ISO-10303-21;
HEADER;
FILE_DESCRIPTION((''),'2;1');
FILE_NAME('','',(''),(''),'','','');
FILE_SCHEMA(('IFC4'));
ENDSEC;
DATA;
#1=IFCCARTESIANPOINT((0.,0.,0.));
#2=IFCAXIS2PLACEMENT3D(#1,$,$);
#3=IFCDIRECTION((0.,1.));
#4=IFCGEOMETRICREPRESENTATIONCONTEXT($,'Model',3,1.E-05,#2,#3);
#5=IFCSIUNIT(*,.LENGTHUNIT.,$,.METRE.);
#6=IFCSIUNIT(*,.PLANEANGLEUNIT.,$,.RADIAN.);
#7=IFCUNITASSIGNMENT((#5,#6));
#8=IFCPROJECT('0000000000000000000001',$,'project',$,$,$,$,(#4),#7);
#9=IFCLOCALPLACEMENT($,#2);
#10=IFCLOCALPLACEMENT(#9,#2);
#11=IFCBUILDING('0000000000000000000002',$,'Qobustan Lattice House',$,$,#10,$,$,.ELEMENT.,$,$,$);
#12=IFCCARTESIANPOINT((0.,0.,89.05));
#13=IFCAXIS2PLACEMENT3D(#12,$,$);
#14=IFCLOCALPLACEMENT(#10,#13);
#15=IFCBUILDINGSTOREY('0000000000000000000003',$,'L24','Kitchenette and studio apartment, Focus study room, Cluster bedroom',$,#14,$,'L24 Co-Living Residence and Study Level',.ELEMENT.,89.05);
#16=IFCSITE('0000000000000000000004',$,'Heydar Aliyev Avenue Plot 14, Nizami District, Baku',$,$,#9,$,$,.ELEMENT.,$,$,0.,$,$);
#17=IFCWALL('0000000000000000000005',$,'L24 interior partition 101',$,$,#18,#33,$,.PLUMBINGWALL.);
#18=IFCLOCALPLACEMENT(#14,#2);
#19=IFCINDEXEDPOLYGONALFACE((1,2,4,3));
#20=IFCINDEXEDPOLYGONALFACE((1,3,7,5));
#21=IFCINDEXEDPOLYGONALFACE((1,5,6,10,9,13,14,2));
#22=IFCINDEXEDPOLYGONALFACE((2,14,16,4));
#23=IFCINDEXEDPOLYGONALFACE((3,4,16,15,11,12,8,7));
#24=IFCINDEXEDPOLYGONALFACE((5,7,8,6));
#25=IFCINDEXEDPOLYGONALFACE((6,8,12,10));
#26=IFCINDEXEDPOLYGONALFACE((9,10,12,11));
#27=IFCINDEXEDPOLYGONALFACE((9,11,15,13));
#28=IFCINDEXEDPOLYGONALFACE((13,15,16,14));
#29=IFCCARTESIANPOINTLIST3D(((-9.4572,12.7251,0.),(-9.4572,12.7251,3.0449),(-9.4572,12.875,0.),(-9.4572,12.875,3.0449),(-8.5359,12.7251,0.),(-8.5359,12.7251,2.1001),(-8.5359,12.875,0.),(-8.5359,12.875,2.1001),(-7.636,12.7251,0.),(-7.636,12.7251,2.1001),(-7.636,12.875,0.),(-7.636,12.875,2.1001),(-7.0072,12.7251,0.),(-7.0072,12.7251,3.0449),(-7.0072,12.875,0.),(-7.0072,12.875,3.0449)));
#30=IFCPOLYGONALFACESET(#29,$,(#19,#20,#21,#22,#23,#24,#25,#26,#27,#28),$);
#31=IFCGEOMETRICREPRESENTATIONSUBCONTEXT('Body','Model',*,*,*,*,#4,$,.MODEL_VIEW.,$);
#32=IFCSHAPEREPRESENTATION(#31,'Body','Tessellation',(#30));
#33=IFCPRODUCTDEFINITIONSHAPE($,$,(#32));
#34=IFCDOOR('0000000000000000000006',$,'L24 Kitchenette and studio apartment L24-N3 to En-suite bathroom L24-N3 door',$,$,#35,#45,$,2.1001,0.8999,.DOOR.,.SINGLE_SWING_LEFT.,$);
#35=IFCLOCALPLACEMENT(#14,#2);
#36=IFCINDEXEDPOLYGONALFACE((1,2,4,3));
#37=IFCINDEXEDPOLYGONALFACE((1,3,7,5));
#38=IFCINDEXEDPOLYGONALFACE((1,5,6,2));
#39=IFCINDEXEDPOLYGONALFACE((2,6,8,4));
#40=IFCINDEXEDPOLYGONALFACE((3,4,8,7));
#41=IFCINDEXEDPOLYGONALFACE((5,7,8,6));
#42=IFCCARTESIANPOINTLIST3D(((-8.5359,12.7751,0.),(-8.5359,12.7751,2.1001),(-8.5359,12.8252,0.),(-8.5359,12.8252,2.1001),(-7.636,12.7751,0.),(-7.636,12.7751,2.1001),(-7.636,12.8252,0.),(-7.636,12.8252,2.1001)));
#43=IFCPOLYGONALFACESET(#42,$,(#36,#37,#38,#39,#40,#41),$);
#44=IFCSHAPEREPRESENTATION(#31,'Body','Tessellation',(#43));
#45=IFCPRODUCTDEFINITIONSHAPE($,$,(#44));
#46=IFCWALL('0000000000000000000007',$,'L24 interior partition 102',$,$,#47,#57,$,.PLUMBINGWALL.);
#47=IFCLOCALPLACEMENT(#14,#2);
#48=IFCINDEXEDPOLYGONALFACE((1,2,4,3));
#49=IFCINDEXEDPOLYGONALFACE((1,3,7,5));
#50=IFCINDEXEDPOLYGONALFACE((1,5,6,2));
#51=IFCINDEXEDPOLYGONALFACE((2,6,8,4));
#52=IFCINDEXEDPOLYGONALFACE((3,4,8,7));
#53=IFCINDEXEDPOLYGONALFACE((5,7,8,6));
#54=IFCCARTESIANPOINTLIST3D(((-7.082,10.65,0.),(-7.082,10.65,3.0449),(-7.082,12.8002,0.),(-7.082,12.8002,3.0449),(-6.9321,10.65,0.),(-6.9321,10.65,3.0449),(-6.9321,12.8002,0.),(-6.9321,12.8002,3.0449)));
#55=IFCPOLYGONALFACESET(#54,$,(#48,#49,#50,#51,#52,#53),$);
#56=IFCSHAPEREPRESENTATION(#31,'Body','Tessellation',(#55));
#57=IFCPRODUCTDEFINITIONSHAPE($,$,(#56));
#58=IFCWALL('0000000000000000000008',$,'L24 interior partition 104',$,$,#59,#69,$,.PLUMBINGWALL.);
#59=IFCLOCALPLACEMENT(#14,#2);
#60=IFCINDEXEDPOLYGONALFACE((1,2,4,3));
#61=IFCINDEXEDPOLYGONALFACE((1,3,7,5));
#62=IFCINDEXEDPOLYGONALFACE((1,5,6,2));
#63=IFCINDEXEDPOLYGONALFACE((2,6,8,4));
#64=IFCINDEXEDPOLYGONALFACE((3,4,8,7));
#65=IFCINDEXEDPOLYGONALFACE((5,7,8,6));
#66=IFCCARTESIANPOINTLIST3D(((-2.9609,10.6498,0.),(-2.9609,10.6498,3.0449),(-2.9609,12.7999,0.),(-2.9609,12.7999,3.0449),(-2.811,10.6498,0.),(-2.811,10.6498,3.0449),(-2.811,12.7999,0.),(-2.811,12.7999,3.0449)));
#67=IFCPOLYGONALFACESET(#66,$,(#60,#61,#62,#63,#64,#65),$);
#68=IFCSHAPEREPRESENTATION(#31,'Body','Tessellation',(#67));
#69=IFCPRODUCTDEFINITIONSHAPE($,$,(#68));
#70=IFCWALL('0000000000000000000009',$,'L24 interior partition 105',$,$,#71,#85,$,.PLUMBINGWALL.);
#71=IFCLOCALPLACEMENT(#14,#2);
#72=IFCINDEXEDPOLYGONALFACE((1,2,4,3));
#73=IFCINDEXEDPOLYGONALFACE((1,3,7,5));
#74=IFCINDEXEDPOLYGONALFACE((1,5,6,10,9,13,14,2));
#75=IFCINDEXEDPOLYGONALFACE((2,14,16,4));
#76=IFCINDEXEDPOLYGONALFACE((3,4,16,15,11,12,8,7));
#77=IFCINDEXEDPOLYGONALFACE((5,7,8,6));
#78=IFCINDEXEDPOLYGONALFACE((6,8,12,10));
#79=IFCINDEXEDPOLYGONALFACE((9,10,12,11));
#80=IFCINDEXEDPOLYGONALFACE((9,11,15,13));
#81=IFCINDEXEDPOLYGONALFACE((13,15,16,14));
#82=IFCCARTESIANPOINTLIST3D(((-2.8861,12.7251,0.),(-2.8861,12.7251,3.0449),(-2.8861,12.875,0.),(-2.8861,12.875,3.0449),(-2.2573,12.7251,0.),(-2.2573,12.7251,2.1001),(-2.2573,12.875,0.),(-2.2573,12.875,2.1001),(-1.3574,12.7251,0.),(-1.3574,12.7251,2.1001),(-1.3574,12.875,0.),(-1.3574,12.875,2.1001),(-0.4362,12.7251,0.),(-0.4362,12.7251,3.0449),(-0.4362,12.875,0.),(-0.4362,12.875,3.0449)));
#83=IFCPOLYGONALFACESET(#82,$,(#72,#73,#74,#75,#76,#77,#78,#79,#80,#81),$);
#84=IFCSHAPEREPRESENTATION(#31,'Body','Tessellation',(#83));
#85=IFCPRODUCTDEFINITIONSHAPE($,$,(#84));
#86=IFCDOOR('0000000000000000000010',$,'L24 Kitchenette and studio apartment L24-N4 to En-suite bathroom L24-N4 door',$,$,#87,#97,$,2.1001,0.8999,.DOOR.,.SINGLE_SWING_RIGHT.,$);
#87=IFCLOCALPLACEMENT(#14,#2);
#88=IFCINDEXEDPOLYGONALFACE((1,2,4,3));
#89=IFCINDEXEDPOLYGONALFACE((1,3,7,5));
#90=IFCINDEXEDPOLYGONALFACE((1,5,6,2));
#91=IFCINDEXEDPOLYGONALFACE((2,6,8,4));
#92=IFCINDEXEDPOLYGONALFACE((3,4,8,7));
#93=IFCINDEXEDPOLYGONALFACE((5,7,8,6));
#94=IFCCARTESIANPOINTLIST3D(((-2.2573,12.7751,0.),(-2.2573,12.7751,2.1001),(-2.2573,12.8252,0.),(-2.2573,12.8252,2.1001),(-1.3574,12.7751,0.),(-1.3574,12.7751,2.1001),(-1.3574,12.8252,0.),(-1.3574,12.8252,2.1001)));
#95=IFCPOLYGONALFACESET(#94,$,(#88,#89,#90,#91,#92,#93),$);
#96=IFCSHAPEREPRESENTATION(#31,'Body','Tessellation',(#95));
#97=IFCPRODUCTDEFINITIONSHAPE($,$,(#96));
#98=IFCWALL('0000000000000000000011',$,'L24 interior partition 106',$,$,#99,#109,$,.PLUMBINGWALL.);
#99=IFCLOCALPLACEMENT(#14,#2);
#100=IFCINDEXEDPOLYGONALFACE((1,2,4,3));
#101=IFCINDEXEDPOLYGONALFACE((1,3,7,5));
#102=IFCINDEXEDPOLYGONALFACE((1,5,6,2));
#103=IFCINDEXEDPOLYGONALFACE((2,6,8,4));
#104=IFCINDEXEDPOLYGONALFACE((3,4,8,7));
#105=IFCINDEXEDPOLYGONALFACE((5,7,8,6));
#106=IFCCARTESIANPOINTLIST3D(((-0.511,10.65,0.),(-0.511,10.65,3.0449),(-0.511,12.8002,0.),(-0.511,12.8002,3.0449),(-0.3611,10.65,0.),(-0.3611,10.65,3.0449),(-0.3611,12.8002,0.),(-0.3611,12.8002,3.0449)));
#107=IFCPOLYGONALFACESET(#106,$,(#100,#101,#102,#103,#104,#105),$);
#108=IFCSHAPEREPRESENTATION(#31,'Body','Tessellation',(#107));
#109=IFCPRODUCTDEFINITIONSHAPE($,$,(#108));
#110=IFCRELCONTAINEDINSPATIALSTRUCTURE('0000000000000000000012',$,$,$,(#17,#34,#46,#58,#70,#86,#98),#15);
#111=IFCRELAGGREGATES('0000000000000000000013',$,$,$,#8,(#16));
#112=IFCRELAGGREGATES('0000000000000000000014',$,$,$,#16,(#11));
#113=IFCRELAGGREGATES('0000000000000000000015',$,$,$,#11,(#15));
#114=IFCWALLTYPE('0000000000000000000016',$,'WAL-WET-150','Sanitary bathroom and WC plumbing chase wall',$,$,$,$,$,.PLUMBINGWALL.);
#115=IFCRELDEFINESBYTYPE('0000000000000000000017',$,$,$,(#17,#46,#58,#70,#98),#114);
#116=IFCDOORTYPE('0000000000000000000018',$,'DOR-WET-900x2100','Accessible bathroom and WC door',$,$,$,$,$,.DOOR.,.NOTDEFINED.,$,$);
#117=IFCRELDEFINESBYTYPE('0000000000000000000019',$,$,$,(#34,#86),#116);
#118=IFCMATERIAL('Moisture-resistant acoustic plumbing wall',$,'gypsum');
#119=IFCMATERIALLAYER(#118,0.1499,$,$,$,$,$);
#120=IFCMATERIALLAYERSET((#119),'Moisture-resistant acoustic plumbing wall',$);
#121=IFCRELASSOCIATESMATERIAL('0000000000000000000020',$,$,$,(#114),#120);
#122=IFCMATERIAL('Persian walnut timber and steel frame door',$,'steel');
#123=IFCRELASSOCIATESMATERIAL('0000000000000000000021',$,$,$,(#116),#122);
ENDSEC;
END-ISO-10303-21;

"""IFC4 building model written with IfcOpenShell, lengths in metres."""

from ifc_helpers import new_model, si_unit, direction, frame, frame_2d, origin, place, context, subcontext, project, spatial, rectangle, extrude, material, layer, layer_set, type_object, element, fill, save


model = new_model("IFC4")

# Units and contexts
model_context = context("Model", 3, precision=1e-05, world=origin(), true_north=direction((0.0, 1.0)))
body_context = subcontext(model_context, "Body", "Model", "MODEL_VIEW")
ifc_project = project(units=[si_unit("LENGTHUNIT", "METRE"), si_unit("PLANEANGLEUNIT", "RADIAN")], contexts=[model_context])

# Site, building, storey
site_placement = place(None, origin())
site = spatial("IfcSite", under=ifc_project, at=site_placement, Name="Heydar Aliyev Avenue Plot 14, Nizami District, Baku", CompositionType="ELEMENT", RefElevation=0.0)
building_placement = place(site_placement, origin())
building = spatial("IfcBuilding", under=site, at=building_placement, Name="Qobustan Lattice House", CompositionType="ELEMENT")
storey_placement = place(building_placement, frame((0.0, 0.0, 89.05)))
storey = spatial("IfcBuildingStorey", under=building, at=storey_placement, Name="L24", Description="Kitchenette and studio apartment, Focus study room, Cluster bedroom", LongName="L24 Co-Living Residence and Study Level", CompositionType="ELEMENT", Elevation=89.05)

# Shared definitions
ifc_material_1 = material(Name="Moisture-resistant acoustic plumbing wall", Category="gypsum")
ifc_layer_1 = layer(ifc_material_1, 0.1499)
ifc_layer_set_1 = layer_set([ifc_layer_1], Name="Moisture-resistant acoustic plumbing wall")
wall_type_1 = type_object("IfcWallType", Name="WAL-WET-150", Description="Sanitary bathroom and WC plumbing chase wall", PredefinedType="PLUMBINGWALL", material=ifc_layer_set_1)

# Wall, opening, door
wall_1_placement = place(storey_placement, frame((-7.0071, 12.8, 0.0), z_axis=(0.0, 0.0, 1.0), x_axis=(-1.0, 0.0, 0.0)))
wall_1 = element("IfcWall", 1, at=wall_1_placement, inside=storey, type_object=wall_type_1, Name="L24 interior partition 101", PredefinedType="PLUMBINGWALL", context=body_context, shape_type="SweptSolid", body=[
    extrude(rectangle(XDim=2.45, YDim=0.1499, at=frame_2d((1.2251, 0.0))), origin(), (0.0, 0.0, 1.0), 3.0449),
])
opening_1_placement = place(wall_1_placement, frame((0.6289, 0.0, 0.0)))
opening_1 = element("IfcOpeningElement", 2, at=opening_1_placement, cuts=wall_1, PredefinedType="OPENING", context=body_context, shape_type="SweptSolid", body=[
    extrude(rectangle(XDim=0.8999, YDim=2.1001, at=frame_2d((0.45, 1.05))), frame((0.0, 0.085, 0.0), z_axis=(0.0, -1.0, 0.0), x_axis=(1.0, 0.0, 0.0)), (0.0, 0.0, 1.0), 0.1699),
])
ifc_material_2 = material(Name="Persian walnut timber and steel frame door", Category="steel")
door_type_1 = type_object("IfcDoorType", Name="DOR-WET-900x2100", Description="Accessible bathroom and WC door", OperationType="NOTDEFINED", PredefinedType="DOOR", material=ifc_material_2)
door_1_placement = place(opening_1_placement, origin())
door_1 = element("IfcDoor", 3, at=door_1_placement, inside=storey, type_object=door_type_1, Name="L24 Kitchenette and studio apartment L24-N3 to En-suite bathroom L24-N3 door", OperationType="SINGLE_SWING_LEFT", OverallHeight=2.1001, OverallWidth=0.8999, PredefinedType="DOOR", context=body_context, shape_type="SweptSolid", body=[
    extrude(rectangle(XDim=0.8999, YDim=2.1001, at=frame_2d((0.45, 1.05))), frame((0.0, 0.0249, 0.0), z_axis=(0.0, -1.0, 0.0), x_axis=(1.0, 0.0, 0.0)), (0.0, 0.0, 1.0), 0.05),
])
fill(opening_1, door_1)

# Walls
for number, where, z_axis, x_axis, name in (
    (4, (-7.0071, 10.6499, 0.0), (0.0, 0.0, 1.0), (0.0, 1.0, 0.0), "L24 interior partition 102"),
    (5, (-2.886, 12.8, 0.0), (0.0, 0.0, 1.0), (0.0, -1.0, 0.0), "L24 interior partition 104"),
):
    element("IfcWall", number, at=place(storey_placement, frame(where, z_axis=z_axis, x_axis=x_axis)), inside=storey, type_object=wall_type_1, Name=name, PredefinedType="PLUMBINGWALL", context=body_context, shape_type="SweptSolid", body=[
        extrude(rectangle(XDim=2.1501, YDim=0.1499, at=frame_2d((1.0752, 0.0))), origin(), (0.0, 0.0, 1.0), 3.0449),
    ])

# Wall, opening, door
wall_2_placement = place(storey_placement, frame((-0.436, 12.8, 0.0), z_axis=(0.0, 0.0, 1.0), x_axis=(-1.0, 0.0, 0.0)))
wall_2 = element("IfcWall", 6, at=wall_2_placement, inside=storey, type_object=wall_type_1, Name="L24 interior partition 105", PredefinedType="PLUMBINGWALL", context=body_context, shape_type="SweptSolid", body=[
    extrude(rectangle(XDim=2.45, YDim=0.1499, at=frame_2d((1.2251, 0.0))), origin(), (0.0, 0.0, 1.0), 3.0449),
])
opening_2_placement = place(wall_2_placement, frame((0.9214, 0.0, 0.0)))
opening_2 = element("IfcOpeningElement", 7, at=opening_2_placement, cuts=wall_2, PredefinedType="OPENING", context=body_context, shape_type="SweptSolid", body=[
    extrude(rectangle(XDim=0.8999, YDim=2.1001, at=frame_2d((0.45, 1.05))), frame((0.0, 0.085, 0.0), z_axis=(0.0, -1.0, 0.0), x_axis=(1.0, 0.0, 0.0)), (0.0, 0.0, 1.0), 0.1699),
])
door_2_placement = place(opening_2_placement, origin())
door_2 = element("IfcDoor", 8, at=door_2_placement, inside=storey, type_object=door_type_1, Name="L24 Kitchenette and studio apartment L24-N4 to En-suite bathroom L24-N4 door", OperationType="SINGLE_SWING_RIGHT", OverallHeight=2.1001, OverallWidth=0.8999, PredefinedType="DOOR", context=body_context, shape_type="SweptSolid", body=[
    extrude(rectangle(XDim=0.8999, YDim=2.1001, at=frame_2d((0.45, 1.05))), frame((0.0, 0.0249, 0.0), z_axis=(0.0, -1.0, 0.0), x_axis=(1.0, 0.0, 0.0)), (0.0, 0.0, 1.0), 0.05),
])
fill(opening_2, door_2)

# Wall
wall_3_placement = place(storey_placement, frame((-0.436, 10.6499, 0.0), z_axis=(0.0, 0.0, 1.0), x_axis=(0.0, 1.0, 0.0)))
element("IfcWall", 9, at=wall_3_placement, inside=storey, type_object=wall_type_1, Name="L24 interior partition 106", PredefinedType="PLUMBINGWALL", context=body_context, shape_type="SweptSolid", body=[
    extrude(rectangle(XDim=2.1501, YDim=0.1499, at=frame_2d((1.0752, 0.0))), origin(), (0.0, 0.0, 1.0), 3.0449),
])

save(model, "model.ifc")
